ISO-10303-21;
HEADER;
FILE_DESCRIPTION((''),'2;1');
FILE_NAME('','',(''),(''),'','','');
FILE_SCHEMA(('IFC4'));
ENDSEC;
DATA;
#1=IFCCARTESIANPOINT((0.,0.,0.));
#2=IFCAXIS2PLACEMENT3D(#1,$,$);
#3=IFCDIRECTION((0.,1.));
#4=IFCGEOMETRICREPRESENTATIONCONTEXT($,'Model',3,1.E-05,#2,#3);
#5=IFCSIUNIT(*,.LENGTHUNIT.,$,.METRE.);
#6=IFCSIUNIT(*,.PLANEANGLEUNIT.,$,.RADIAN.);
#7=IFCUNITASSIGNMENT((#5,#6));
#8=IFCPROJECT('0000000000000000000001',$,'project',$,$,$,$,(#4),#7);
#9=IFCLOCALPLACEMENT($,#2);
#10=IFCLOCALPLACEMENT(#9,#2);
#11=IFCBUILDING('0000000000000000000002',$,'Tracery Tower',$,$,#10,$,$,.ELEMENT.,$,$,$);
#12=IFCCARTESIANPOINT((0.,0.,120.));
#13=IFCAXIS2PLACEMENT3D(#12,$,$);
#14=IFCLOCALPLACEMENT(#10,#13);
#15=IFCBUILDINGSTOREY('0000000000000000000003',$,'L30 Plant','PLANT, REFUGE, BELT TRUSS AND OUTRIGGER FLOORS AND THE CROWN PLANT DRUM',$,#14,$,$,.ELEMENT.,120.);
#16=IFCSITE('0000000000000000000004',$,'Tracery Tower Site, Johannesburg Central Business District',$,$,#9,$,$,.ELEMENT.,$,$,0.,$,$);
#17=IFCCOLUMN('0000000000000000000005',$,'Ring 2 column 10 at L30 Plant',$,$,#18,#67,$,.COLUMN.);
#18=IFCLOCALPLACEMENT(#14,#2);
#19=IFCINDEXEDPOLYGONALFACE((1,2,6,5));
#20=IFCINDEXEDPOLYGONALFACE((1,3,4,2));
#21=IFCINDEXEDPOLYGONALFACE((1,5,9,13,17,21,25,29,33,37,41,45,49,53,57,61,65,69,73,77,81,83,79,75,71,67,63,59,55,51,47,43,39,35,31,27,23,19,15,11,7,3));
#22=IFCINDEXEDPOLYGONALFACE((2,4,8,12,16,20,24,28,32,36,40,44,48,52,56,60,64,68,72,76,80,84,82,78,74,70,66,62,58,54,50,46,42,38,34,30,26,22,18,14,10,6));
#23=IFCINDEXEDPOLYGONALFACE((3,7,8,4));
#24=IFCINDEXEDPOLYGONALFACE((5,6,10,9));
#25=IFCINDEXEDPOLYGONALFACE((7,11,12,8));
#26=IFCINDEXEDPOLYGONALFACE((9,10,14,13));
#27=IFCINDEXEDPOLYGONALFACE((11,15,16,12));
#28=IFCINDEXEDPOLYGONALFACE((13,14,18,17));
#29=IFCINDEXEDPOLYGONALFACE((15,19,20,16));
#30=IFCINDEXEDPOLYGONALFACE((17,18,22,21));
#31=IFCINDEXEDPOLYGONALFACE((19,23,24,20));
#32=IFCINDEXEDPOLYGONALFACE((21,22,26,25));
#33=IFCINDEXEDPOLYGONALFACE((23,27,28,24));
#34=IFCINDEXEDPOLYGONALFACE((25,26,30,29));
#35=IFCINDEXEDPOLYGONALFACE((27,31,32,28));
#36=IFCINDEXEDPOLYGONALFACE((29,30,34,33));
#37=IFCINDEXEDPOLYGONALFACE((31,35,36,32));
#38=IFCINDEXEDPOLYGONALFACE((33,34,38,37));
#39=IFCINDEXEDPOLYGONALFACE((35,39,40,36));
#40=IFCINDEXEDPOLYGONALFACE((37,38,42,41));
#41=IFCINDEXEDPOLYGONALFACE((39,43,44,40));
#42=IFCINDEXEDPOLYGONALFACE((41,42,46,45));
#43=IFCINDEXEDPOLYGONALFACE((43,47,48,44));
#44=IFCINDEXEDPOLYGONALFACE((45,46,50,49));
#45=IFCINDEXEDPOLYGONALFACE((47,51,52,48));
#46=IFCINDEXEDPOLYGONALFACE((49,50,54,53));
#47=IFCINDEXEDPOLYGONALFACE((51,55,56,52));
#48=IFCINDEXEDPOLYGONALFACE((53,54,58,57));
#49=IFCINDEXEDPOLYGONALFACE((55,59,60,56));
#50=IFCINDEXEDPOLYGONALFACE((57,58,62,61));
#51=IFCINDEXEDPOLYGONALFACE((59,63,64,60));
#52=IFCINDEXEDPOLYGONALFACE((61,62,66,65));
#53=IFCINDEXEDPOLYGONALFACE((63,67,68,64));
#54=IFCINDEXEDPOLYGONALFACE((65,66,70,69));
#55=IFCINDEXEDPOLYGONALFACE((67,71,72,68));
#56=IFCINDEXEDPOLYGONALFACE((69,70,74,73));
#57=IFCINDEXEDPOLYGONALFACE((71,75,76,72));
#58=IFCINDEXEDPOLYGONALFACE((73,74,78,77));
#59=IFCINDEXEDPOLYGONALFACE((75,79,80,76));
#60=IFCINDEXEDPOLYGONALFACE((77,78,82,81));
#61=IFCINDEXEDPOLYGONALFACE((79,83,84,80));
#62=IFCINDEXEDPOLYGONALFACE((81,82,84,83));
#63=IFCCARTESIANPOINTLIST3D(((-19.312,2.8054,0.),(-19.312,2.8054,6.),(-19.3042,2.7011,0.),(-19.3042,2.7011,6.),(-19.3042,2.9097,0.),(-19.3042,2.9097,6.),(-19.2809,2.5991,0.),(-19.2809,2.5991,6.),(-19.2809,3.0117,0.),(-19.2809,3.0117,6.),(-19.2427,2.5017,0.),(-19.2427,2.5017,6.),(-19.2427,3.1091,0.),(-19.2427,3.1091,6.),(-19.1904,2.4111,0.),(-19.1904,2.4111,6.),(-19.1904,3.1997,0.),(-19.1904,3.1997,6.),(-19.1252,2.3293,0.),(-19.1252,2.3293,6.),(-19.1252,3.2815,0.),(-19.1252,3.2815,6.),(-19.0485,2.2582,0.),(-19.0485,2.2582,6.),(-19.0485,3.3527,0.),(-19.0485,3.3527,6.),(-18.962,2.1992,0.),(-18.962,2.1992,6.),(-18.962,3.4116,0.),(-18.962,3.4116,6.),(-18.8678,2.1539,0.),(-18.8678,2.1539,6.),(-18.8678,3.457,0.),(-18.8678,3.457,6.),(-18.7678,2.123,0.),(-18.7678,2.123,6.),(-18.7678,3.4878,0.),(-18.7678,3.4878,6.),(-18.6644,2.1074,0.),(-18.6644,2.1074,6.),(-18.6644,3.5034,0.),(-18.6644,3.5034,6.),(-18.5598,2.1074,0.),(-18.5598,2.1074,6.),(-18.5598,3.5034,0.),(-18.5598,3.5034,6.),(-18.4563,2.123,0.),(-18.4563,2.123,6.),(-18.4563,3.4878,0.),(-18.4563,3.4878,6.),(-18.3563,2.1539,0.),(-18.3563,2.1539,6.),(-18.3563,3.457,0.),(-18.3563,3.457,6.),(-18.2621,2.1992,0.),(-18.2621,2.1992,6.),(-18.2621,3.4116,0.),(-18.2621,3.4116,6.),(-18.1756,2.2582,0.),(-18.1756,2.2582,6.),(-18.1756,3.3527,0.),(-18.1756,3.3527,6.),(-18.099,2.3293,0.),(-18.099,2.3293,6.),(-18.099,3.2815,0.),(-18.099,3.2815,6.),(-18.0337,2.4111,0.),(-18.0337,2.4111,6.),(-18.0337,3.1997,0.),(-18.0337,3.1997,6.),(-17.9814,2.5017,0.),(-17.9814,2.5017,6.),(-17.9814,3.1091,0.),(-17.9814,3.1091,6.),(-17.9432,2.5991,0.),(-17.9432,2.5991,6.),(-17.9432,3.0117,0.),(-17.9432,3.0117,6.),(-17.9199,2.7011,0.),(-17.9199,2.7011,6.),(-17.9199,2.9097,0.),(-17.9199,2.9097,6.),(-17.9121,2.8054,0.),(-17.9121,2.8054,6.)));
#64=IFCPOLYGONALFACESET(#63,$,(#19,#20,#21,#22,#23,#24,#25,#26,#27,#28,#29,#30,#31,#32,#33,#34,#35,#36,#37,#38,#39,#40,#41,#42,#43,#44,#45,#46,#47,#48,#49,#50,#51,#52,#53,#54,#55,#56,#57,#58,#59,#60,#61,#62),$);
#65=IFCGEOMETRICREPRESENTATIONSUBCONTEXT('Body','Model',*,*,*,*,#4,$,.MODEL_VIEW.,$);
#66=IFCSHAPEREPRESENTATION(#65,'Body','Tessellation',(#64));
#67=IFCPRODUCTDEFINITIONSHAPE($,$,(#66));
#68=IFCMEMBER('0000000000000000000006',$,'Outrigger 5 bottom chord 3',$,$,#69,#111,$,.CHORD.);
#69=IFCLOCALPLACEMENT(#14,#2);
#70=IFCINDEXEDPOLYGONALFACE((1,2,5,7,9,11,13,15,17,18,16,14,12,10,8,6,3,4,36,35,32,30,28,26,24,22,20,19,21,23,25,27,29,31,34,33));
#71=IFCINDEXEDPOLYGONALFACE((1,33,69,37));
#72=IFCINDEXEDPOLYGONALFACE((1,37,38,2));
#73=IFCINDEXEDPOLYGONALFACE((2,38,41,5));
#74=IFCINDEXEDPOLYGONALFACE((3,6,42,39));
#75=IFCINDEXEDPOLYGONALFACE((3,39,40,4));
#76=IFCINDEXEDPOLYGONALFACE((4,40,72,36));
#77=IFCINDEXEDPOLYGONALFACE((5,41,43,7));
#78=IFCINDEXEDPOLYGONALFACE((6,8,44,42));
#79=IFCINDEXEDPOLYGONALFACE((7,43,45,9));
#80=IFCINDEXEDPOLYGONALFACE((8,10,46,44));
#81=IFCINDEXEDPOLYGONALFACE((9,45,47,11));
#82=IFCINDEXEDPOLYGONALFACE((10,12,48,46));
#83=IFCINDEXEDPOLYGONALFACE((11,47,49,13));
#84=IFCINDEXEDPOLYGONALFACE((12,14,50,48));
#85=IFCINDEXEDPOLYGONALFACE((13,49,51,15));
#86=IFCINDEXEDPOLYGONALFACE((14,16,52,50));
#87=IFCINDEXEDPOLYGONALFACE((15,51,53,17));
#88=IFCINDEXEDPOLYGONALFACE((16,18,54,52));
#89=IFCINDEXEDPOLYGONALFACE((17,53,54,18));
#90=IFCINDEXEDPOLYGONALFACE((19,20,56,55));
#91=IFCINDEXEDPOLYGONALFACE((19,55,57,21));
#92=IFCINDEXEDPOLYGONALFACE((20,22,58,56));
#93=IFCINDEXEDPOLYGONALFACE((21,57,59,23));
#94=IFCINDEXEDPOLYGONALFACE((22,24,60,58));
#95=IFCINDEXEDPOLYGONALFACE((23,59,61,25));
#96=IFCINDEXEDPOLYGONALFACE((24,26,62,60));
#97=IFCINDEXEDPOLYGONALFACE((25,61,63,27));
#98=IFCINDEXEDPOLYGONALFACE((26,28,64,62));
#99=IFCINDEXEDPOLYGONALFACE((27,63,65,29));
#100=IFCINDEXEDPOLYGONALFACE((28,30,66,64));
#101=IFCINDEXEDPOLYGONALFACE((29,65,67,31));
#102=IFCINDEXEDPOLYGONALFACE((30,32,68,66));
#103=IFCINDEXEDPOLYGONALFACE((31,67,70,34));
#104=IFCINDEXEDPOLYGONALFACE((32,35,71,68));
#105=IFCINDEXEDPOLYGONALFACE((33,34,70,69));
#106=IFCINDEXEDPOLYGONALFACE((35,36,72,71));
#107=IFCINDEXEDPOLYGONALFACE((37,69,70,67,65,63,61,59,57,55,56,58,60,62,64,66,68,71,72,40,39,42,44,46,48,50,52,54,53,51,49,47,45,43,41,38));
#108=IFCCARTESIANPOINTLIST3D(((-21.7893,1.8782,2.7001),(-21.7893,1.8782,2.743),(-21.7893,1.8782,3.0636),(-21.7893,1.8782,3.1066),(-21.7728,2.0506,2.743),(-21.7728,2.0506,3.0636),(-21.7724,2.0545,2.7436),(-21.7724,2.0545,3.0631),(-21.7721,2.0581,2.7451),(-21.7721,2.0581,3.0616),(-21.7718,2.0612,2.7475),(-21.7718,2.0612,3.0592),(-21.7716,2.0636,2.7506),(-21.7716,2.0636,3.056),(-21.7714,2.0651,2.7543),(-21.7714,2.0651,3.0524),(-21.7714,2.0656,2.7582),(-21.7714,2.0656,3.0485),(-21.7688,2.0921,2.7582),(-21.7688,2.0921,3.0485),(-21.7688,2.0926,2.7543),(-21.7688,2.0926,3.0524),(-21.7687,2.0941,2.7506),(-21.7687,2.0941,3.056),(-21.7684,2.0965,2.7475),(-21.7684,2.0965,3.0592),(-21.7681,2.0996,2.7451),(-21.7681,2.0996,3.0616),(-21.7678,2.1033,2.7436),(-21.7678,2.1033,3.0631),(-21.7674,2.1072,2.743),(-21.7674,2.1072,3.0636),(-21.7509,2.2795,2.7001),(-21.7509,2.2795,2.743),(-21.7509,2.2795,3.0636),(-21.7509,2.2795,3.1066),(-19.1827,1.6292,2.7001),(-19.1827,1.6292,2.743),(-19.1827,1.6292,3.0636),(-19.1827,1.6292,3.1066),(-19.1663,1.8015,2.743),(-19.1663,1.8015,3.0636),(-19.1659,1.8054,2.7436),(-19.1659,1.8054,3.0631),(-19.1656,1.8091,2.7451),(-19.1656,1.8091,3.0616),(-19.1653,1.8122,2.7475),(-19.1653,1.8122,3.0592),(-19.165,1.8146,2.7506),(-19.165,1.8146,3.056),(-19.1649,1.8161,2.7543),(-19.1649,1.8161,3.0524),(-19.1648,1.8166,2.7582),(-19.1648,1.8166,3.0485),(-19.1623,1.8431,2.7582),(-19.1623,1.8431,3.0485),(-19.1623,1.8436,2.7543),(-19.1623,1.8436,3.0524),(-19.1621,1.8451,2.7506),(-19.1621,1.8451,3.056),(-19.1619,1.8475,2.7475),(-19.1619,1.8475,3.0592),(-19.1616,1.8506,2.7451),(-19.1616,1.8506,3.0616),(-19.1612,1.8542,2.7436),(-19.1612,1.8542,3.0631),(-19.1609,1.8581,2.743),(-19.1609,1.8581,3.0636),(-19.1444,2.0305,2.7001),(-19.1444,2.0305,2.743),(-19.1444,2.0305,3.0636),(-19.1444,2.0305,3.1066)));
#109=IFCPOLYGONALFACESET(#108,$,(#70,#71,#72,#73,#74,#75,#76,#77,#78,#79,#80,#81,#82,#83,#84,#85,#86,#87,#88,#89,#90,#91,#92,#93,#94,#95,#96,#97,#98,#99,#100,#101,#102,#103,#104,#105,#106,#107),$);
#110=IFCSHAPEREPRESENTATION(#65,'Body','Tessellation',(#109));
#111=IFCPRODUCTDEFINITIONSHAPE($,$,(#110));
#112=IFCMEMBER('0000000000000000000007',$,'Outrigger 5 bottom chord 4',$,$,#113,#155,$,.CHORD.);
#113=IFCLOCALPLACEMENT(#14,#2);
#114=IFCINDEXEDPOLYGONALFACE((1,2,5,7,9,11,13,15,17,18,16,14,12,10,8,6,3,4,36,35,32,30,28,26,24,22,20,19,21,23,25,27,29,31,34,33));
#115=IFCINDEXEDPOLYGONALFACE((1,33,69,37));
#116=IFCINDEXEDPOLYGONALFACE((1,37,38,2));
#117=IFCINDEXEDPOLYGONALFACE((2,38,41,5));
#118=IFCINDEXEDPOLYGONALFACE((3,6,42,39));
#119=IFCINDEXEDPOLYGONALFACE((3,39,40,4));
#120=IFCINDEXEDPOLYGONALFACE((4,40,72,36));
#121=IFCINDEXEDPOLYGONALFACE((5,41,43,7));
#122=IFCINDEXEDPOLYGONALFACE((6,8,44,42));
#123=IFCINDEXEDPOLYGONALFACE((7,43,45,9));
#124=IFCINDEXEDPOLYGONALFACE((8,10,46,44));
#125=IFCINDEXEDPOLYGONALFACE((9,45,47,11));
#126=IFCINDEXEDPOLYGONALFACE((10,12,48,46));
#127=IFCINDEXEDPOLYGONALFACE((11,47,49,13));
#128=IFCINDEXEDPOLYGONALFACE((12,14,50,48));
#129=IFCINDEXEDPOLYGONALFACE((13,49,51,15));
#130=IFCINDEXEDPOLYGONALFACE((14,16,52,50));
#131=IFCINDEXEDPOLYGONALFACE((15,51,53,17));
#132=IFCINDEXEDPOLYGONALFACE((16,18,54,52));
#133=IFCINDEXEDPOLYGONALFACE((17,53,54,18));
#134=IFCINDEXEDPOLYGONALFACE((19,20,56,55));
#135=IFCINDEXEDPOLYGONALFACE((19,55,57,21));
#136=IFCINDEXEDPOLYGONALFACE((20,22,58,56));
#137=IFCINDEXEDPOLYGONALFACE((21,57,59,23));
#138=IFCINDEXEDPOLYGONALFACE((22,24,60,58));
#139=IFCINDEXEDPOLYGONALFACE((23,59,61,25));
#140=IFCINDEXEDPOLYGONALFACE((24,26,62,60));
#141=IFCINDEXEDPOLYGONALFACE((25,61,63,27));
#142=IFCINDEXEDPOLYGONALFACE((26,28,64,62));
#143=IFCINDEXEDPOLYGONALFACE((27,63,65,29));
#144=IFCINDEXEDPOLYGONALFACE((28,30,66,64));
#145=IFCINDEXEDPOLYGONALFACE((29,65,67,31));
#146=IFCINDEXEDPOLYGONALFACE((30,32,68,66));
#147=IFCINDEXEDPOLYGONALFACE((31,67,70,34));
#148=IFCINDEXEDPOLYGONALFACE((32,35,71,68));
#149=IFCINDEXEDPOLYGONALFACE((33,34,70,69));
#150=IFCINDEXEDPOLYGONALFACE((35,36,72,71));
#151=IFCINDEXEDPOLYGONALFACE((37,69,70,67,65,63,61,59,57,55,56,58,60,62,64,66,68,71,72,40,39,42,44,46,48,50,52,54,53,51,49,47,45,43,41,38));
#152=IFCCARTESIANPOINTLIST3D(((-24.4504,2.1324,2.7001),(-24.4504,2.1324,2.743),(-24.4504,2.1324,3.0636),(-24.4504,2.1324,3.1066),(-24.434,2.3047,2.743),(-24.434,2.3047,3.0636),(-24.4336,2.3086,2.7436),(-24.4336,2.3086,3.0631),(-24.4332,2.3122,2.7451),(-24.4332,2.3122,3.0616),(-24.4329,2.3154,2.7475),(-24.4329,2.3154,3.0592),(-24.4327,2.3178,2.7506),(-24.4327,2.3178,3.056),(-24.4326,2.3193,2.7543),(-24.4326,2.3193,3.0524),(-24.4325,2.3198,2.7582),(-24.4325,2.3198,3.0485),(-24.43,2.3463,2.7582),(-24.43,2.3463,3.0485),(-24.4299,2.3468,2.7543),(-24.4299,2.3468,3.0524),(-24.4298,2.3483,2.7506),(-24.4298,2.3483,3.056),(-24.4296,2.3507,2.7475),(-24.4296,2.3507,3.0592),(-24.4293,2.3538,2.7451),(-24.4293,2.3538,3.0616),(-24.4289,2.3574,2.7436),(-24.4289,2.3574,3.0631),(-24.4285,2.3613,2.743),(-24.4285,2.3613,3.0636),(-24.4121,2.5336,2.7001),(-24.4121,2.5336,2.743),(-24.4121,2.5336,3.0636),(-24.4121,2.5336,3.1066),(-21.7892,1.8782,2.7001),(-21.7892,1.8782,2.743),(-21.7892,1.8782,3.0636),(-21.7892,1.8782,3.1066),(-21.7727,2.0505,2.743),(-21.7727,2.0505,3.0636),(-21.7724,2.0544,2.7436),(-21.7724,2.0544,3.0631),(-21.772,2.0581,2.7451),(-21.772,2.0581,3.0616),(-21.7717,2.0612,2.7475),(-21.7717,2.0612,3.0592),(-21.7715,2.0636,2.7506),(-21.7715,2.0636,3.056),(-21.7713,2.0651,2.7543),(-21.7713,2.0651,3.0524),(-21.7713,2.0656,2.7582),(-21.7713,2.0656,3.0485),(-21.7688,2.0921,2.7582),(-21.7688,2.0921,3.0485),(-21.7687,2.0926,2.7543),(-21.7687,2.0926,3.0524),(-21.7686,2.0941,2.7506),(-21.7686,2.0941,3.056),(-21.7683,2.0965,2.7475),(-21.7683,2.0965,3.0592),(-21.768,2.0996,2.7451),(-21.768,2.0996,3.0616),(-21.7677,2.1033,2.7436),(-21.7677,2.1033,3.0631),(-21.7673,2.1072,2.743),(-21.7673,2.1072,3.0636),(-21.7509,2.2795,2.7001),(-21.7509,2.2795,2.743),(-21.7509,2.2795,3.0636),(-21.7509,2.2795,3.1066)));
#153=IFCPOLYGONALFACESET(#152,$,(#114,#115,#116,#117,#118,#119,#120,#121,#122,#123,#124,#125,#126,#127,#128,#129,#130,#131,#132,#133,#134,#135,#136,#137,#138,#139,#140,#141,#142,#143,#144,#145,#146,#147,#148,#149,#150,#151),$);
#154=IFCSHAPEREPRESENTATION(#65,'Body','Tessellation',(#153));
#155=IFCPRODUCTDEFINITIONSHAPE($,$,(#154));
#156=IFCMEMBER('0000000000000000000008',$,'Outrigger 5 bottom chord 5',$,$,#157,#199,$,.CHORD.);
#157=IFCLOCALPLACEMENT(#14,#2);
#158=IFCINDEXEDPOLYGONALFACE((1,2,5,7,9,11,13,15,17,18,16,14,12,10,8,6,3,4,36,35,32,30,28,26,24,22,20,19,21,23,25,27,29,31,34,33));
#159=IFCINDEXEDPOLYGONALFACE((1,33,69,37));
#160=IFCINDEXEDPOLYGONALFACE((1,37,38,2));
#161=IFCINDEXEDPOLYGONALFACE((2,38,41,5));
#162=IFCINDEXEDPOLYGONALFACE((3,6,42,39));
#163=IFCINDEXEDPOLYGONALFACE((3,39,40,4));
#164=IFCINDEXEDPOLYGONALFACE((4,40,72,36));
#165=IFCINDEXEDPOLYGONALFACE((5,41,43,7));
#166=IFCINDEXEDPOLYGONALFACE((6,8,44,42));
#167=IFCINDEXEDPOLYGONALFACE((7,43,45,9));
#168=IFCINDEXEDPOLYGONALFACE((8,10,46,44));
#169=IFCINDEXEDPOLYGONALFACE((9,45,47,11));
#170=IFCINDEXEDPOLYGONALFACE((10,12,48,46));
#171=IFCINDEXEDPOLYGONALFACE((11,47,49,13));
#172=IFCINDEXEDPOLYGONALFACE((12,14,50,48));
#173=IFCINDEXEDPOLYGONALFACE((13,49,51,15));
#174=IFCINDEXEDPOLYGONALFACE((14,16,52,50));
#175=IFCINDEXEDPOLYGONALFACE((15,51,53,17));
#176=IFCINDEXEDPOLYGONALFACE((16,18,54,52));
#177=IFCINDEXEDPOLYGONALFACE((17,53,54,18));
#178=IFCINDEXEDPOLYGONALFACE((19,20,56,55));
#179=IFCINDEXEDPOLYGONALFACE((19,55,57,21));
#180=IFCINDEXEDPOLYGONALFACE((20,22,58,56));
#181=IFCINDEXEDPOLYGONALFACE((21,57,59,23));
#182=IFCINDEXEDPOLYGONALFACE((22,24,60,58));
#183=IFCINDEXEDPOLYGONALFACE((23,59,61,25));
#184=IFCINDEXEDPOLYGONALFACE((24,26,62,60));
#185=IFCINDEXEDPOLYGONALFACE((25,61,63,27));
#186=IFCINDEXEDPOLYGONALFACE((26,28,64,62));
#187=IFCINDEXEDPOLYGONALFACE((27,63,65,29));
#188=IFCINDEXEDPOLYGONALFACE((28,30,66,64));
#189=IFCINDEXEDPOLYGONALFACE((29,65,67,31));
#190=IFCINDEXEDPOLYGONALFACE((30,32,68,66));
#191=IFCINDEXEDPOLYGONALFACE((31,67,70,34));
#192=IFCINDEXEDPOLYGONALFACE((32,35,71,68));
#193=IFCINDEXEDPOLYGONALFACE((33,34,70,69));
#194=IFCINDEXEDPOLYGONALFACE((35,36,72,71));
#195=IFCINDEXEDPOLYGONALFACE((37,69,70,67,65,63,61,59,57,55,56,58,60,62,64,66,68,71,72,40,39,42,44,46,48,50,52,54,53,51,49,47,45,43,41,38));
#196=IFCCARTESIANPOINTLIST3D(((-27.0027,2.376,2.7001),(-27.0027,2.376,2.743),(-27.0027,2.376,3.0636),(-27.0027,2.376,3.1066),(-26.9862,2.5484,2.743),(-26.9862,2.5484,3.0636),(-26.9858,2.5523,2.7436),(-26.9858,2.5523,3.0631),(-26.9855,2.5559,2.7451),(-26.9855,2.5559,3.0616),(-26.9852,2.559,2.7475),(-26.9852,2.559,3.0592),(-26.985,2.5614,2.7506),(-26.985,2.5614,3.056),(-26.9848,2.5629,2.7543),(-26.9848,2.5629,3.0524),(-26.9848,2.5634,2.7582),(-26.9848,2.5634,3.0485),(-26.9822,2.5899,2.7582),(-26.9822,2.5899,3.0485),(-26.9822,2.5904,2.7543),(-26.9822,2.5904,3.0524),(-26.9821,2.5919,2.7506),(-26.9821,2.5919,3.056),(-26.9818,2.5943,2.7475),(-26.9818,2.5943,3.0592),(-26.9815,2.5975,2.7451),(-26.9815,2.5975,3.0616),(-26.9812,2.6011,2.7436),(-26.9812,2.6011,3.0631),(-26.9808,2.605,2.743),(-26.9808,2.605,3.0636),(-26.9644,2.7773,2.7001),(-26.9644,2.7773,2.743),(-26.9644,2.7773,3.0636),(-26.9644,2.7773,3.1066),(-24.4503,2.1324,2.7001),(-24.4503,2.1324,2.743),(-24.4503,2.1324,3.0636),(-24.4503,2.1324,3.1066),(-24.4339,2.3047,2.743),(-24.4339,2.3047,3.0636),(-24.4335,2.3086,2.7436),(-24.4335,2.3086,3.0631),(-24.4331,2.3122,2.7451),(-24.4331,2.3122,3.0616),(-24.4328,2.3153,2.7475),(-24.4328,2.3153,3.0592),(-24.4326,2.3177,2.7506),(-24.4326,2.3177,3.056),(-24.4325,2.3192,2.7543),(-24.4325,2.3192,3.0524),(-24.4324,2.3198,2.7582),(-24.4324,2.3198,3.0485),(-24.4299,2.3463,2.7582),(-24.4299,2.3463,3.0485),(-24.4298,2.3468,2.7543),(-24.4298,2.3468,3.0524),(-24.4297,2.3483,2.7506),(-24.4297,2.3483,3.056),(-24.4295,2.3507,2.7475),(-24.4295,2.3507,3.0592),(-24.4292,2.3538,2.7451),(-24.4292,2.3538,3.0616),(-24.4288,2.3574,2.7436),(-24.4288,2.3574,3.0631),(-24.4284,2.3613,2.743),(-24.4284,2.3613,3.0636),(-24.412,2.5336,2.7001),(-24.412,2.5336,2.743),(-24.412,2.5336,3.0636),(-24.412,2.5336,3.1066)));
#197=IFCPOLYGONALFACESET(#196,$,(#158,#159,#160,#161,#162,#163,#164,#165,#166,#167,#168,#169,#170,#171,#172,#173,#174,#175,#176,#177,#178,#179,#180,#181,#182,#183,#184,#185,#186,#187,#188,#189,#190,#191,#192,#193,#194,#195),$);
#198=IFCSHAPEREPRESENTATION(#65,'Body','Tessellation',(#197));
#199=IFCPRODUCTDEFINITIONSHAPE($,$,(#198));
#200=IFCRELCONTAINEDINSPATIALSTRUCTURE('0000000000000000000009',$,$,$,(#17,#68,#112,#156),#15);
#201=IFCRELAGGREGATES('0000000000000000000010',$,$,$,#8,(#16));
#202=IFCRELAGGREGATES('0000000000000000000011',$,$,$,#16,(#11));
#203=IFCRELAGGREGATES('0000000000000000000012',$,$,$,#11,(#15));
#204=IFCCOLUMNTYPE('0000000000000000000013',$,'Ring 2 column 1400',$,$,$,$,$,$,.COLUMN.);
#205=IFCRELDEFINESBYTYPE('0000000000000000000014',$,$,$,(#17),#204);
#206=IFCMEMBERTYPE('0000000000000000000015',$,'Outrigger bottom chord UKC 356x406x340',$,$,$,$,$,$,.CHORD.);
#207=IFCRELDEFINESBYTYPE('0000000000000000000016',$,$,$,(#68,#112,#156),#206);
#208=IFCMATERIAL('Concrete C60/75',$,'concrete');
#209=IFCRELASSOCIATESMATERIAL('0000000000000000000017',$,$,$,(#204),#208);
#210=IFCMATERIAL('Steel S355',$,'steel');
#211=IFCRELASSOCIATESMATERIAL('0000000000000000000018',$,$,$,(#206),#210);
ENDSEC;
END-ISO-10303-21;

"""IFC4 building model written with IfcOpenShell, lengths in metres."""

from ifc_helpers import new_model, si_unit, direction, frame, origin, origin_2d, place, context, subcontext, project, spatial, circle, i_section, extrude, material, material_profile, profile_set, type_object, element, save


model = new_model("IFC4")

# Units and contexts
model_context = context("Model", 3, precision=1e-05, world=origin(), true_north=direction((0.0, 1.0)))
body_context = subcontext(model_context, "Body", "Model", "MODEL_VIEW")
ifc_project = project(units=[si_unit("LENGTHUNIT", "METRE"), si_unit("PLANEANGLEUNIT", "RADIAN")], contexts=[model_context])

# Site, building, storey
site_placement = place(None, origin())
site = spatial("IfcSite", under=ifc_project, at=site_placement, Name="Tracery Tower Site, Johannesburg Central Business District", CompositionType="ELEMENT", RefElevation=0.0)
building_placement = place(site_placement, origin())
building = spatial("IfcBuilding", under=site, at=building_placement, Name="Tracery Tower", CompositionType="ELEMENT")
storey_placement = place(building_placement, frame((0.0, 0.0, 120.0)))
storey = spatial("IfcBuildingStorey", under=building, at=storey_placement, Name="L30 Plant", Description="PLANT, REFUGE, BELT TRUSS AND OUTRIGGER FLOORS AND THE CROWN PLANT DRUM", CompositionType="ELEMENT", Elevation=120.0)

# Column
ifc_material_1 = material(Name="Concrete C60/75", Category="concrete")
ifc_material_profile_1 = material_profile(ifc_material_1, circle(Radius=0.7, at=origin_2d()), Name="RC D1400")
ifc_profile_set_1 = profile_set([ifc_material_profile_1], Name="Concrete C60/75")
column_type_1 = type_object("IfcColumnType", Name="Ring 2 column 1400", PredefinedType="COLUMN", material=ifc_profile_set_1)
for number, where, z_axis, x_axis, name in (
    (1, (-18.6121, 2.8054, 0.0), (0.0, 0.0, 1.0), (1.0, 0.0, 0.0), "Ring 2 column 10 at L30 Plant"),
):
    element("IfcColumn", number, at=place(storey_placement, frame(where, z_axis=z_axis, x_axis=x_axis)), inside=storey, type_object=column_type_1, Name=name, PredefinedType="COLUMN", context=body_context, shape_type="SweptSolid", body=[
        extrude(circle(Radius=0.7, at=origin_2d()), origin(), (0.0, 0.0, 1.0), 6.0),
    ])

# Members
ifc_material_2 = material(Name="Steel S355", Category="steel")
ifc_material_profile_2 = material_profile(ifc_material_2, i_section(OverallWidth=0.4031, OverallDepth=0.4065, WebThickness=0.0266, FlangeThickness=0.043, FilletRadius=0.0151, at=origin_2d()), Name="UKC 356x406x340")
ifc_profile_set_2 = profile_set([ifc_material_profile_2], Name="Steel S355")
member_type_1 = type_object("IfcMemberType", Name="Outrigger bottom chord UKC 356x406x340", PredefinedType="CHORD", material=ifc_profile_set_2)
member_1_placement = place(storey_placement, frame((-19.1636, 1.8298, 2.9033), z_axis=(-0.995467, 0.095108, 0.0), x_axis=(-0.095108, -0.995467, 0.0)))
element("IfcMember", 2, at=member_1_placement, inside=storey, type_object=member_type_1, Name="Outrigger 5 bottom chord 3", PredefinedType="CHORD", context=body_context, shape_type="SweptSolid", body=[
    extrude(i_section(OverallWidth=0.4031, OverallDepth=0.4065, WebThickness=0.0266, FlangeThickness=0.043, FilletRadius=0.0151, at=origin_2d()), origin(), (0.0, 0.0, 1.0), 2.6184),
])
member_2_placement = place(storey_placement, frame((-21.77, 2.0789, 2.9033), z_axis=(-0.99547, 0.095072, 0.0), x_axis=(-0.095072, -0.99547, 0.0)))
element("IfcMember", 3, at=member_2_placement, inside=storey, type_object=member_type_1, Name="Outrigger 5 bottom chord 4", PredefinedType="CHORD", context=body_context, shape_type="SweptSolid", body=[
    extrude(i_section(OverallWidth=0.4031, OverallDepth=0.4065, WebThickness=0.0266, FlangeThickness=0.043, FilletRadius=0.0151, at=origin_2d()), origin(), (0.0, 0.0, 1.0), 2.6733),
])
member_3_placement = place(storey_placement, frame((-24.4312, 2.333, 2.9033), z_axis=(-0.995474, 0.095034, 0.0), x_axis=(-0.095034, -0.995474, 0.0)))
element("IfcMember", 4, at=member_3_placement, inside=storey, type_object=member_type_1, Name="Outrigger 5 bottom chord 5", PredefinedType="CHORD", context=body_context, shape_type="SweptSolid", body=[
    extrude(i_section(OverallWidth=0.4031, OverallDepth=0.4065, WebThickness=0.0266, FlangeThickness=0.043, FilletRadius=0.0151, at=origin_2d()), origin(), (0.0, 0.0, 1.0), 2.564),
])

save(model, "model.ifc")
